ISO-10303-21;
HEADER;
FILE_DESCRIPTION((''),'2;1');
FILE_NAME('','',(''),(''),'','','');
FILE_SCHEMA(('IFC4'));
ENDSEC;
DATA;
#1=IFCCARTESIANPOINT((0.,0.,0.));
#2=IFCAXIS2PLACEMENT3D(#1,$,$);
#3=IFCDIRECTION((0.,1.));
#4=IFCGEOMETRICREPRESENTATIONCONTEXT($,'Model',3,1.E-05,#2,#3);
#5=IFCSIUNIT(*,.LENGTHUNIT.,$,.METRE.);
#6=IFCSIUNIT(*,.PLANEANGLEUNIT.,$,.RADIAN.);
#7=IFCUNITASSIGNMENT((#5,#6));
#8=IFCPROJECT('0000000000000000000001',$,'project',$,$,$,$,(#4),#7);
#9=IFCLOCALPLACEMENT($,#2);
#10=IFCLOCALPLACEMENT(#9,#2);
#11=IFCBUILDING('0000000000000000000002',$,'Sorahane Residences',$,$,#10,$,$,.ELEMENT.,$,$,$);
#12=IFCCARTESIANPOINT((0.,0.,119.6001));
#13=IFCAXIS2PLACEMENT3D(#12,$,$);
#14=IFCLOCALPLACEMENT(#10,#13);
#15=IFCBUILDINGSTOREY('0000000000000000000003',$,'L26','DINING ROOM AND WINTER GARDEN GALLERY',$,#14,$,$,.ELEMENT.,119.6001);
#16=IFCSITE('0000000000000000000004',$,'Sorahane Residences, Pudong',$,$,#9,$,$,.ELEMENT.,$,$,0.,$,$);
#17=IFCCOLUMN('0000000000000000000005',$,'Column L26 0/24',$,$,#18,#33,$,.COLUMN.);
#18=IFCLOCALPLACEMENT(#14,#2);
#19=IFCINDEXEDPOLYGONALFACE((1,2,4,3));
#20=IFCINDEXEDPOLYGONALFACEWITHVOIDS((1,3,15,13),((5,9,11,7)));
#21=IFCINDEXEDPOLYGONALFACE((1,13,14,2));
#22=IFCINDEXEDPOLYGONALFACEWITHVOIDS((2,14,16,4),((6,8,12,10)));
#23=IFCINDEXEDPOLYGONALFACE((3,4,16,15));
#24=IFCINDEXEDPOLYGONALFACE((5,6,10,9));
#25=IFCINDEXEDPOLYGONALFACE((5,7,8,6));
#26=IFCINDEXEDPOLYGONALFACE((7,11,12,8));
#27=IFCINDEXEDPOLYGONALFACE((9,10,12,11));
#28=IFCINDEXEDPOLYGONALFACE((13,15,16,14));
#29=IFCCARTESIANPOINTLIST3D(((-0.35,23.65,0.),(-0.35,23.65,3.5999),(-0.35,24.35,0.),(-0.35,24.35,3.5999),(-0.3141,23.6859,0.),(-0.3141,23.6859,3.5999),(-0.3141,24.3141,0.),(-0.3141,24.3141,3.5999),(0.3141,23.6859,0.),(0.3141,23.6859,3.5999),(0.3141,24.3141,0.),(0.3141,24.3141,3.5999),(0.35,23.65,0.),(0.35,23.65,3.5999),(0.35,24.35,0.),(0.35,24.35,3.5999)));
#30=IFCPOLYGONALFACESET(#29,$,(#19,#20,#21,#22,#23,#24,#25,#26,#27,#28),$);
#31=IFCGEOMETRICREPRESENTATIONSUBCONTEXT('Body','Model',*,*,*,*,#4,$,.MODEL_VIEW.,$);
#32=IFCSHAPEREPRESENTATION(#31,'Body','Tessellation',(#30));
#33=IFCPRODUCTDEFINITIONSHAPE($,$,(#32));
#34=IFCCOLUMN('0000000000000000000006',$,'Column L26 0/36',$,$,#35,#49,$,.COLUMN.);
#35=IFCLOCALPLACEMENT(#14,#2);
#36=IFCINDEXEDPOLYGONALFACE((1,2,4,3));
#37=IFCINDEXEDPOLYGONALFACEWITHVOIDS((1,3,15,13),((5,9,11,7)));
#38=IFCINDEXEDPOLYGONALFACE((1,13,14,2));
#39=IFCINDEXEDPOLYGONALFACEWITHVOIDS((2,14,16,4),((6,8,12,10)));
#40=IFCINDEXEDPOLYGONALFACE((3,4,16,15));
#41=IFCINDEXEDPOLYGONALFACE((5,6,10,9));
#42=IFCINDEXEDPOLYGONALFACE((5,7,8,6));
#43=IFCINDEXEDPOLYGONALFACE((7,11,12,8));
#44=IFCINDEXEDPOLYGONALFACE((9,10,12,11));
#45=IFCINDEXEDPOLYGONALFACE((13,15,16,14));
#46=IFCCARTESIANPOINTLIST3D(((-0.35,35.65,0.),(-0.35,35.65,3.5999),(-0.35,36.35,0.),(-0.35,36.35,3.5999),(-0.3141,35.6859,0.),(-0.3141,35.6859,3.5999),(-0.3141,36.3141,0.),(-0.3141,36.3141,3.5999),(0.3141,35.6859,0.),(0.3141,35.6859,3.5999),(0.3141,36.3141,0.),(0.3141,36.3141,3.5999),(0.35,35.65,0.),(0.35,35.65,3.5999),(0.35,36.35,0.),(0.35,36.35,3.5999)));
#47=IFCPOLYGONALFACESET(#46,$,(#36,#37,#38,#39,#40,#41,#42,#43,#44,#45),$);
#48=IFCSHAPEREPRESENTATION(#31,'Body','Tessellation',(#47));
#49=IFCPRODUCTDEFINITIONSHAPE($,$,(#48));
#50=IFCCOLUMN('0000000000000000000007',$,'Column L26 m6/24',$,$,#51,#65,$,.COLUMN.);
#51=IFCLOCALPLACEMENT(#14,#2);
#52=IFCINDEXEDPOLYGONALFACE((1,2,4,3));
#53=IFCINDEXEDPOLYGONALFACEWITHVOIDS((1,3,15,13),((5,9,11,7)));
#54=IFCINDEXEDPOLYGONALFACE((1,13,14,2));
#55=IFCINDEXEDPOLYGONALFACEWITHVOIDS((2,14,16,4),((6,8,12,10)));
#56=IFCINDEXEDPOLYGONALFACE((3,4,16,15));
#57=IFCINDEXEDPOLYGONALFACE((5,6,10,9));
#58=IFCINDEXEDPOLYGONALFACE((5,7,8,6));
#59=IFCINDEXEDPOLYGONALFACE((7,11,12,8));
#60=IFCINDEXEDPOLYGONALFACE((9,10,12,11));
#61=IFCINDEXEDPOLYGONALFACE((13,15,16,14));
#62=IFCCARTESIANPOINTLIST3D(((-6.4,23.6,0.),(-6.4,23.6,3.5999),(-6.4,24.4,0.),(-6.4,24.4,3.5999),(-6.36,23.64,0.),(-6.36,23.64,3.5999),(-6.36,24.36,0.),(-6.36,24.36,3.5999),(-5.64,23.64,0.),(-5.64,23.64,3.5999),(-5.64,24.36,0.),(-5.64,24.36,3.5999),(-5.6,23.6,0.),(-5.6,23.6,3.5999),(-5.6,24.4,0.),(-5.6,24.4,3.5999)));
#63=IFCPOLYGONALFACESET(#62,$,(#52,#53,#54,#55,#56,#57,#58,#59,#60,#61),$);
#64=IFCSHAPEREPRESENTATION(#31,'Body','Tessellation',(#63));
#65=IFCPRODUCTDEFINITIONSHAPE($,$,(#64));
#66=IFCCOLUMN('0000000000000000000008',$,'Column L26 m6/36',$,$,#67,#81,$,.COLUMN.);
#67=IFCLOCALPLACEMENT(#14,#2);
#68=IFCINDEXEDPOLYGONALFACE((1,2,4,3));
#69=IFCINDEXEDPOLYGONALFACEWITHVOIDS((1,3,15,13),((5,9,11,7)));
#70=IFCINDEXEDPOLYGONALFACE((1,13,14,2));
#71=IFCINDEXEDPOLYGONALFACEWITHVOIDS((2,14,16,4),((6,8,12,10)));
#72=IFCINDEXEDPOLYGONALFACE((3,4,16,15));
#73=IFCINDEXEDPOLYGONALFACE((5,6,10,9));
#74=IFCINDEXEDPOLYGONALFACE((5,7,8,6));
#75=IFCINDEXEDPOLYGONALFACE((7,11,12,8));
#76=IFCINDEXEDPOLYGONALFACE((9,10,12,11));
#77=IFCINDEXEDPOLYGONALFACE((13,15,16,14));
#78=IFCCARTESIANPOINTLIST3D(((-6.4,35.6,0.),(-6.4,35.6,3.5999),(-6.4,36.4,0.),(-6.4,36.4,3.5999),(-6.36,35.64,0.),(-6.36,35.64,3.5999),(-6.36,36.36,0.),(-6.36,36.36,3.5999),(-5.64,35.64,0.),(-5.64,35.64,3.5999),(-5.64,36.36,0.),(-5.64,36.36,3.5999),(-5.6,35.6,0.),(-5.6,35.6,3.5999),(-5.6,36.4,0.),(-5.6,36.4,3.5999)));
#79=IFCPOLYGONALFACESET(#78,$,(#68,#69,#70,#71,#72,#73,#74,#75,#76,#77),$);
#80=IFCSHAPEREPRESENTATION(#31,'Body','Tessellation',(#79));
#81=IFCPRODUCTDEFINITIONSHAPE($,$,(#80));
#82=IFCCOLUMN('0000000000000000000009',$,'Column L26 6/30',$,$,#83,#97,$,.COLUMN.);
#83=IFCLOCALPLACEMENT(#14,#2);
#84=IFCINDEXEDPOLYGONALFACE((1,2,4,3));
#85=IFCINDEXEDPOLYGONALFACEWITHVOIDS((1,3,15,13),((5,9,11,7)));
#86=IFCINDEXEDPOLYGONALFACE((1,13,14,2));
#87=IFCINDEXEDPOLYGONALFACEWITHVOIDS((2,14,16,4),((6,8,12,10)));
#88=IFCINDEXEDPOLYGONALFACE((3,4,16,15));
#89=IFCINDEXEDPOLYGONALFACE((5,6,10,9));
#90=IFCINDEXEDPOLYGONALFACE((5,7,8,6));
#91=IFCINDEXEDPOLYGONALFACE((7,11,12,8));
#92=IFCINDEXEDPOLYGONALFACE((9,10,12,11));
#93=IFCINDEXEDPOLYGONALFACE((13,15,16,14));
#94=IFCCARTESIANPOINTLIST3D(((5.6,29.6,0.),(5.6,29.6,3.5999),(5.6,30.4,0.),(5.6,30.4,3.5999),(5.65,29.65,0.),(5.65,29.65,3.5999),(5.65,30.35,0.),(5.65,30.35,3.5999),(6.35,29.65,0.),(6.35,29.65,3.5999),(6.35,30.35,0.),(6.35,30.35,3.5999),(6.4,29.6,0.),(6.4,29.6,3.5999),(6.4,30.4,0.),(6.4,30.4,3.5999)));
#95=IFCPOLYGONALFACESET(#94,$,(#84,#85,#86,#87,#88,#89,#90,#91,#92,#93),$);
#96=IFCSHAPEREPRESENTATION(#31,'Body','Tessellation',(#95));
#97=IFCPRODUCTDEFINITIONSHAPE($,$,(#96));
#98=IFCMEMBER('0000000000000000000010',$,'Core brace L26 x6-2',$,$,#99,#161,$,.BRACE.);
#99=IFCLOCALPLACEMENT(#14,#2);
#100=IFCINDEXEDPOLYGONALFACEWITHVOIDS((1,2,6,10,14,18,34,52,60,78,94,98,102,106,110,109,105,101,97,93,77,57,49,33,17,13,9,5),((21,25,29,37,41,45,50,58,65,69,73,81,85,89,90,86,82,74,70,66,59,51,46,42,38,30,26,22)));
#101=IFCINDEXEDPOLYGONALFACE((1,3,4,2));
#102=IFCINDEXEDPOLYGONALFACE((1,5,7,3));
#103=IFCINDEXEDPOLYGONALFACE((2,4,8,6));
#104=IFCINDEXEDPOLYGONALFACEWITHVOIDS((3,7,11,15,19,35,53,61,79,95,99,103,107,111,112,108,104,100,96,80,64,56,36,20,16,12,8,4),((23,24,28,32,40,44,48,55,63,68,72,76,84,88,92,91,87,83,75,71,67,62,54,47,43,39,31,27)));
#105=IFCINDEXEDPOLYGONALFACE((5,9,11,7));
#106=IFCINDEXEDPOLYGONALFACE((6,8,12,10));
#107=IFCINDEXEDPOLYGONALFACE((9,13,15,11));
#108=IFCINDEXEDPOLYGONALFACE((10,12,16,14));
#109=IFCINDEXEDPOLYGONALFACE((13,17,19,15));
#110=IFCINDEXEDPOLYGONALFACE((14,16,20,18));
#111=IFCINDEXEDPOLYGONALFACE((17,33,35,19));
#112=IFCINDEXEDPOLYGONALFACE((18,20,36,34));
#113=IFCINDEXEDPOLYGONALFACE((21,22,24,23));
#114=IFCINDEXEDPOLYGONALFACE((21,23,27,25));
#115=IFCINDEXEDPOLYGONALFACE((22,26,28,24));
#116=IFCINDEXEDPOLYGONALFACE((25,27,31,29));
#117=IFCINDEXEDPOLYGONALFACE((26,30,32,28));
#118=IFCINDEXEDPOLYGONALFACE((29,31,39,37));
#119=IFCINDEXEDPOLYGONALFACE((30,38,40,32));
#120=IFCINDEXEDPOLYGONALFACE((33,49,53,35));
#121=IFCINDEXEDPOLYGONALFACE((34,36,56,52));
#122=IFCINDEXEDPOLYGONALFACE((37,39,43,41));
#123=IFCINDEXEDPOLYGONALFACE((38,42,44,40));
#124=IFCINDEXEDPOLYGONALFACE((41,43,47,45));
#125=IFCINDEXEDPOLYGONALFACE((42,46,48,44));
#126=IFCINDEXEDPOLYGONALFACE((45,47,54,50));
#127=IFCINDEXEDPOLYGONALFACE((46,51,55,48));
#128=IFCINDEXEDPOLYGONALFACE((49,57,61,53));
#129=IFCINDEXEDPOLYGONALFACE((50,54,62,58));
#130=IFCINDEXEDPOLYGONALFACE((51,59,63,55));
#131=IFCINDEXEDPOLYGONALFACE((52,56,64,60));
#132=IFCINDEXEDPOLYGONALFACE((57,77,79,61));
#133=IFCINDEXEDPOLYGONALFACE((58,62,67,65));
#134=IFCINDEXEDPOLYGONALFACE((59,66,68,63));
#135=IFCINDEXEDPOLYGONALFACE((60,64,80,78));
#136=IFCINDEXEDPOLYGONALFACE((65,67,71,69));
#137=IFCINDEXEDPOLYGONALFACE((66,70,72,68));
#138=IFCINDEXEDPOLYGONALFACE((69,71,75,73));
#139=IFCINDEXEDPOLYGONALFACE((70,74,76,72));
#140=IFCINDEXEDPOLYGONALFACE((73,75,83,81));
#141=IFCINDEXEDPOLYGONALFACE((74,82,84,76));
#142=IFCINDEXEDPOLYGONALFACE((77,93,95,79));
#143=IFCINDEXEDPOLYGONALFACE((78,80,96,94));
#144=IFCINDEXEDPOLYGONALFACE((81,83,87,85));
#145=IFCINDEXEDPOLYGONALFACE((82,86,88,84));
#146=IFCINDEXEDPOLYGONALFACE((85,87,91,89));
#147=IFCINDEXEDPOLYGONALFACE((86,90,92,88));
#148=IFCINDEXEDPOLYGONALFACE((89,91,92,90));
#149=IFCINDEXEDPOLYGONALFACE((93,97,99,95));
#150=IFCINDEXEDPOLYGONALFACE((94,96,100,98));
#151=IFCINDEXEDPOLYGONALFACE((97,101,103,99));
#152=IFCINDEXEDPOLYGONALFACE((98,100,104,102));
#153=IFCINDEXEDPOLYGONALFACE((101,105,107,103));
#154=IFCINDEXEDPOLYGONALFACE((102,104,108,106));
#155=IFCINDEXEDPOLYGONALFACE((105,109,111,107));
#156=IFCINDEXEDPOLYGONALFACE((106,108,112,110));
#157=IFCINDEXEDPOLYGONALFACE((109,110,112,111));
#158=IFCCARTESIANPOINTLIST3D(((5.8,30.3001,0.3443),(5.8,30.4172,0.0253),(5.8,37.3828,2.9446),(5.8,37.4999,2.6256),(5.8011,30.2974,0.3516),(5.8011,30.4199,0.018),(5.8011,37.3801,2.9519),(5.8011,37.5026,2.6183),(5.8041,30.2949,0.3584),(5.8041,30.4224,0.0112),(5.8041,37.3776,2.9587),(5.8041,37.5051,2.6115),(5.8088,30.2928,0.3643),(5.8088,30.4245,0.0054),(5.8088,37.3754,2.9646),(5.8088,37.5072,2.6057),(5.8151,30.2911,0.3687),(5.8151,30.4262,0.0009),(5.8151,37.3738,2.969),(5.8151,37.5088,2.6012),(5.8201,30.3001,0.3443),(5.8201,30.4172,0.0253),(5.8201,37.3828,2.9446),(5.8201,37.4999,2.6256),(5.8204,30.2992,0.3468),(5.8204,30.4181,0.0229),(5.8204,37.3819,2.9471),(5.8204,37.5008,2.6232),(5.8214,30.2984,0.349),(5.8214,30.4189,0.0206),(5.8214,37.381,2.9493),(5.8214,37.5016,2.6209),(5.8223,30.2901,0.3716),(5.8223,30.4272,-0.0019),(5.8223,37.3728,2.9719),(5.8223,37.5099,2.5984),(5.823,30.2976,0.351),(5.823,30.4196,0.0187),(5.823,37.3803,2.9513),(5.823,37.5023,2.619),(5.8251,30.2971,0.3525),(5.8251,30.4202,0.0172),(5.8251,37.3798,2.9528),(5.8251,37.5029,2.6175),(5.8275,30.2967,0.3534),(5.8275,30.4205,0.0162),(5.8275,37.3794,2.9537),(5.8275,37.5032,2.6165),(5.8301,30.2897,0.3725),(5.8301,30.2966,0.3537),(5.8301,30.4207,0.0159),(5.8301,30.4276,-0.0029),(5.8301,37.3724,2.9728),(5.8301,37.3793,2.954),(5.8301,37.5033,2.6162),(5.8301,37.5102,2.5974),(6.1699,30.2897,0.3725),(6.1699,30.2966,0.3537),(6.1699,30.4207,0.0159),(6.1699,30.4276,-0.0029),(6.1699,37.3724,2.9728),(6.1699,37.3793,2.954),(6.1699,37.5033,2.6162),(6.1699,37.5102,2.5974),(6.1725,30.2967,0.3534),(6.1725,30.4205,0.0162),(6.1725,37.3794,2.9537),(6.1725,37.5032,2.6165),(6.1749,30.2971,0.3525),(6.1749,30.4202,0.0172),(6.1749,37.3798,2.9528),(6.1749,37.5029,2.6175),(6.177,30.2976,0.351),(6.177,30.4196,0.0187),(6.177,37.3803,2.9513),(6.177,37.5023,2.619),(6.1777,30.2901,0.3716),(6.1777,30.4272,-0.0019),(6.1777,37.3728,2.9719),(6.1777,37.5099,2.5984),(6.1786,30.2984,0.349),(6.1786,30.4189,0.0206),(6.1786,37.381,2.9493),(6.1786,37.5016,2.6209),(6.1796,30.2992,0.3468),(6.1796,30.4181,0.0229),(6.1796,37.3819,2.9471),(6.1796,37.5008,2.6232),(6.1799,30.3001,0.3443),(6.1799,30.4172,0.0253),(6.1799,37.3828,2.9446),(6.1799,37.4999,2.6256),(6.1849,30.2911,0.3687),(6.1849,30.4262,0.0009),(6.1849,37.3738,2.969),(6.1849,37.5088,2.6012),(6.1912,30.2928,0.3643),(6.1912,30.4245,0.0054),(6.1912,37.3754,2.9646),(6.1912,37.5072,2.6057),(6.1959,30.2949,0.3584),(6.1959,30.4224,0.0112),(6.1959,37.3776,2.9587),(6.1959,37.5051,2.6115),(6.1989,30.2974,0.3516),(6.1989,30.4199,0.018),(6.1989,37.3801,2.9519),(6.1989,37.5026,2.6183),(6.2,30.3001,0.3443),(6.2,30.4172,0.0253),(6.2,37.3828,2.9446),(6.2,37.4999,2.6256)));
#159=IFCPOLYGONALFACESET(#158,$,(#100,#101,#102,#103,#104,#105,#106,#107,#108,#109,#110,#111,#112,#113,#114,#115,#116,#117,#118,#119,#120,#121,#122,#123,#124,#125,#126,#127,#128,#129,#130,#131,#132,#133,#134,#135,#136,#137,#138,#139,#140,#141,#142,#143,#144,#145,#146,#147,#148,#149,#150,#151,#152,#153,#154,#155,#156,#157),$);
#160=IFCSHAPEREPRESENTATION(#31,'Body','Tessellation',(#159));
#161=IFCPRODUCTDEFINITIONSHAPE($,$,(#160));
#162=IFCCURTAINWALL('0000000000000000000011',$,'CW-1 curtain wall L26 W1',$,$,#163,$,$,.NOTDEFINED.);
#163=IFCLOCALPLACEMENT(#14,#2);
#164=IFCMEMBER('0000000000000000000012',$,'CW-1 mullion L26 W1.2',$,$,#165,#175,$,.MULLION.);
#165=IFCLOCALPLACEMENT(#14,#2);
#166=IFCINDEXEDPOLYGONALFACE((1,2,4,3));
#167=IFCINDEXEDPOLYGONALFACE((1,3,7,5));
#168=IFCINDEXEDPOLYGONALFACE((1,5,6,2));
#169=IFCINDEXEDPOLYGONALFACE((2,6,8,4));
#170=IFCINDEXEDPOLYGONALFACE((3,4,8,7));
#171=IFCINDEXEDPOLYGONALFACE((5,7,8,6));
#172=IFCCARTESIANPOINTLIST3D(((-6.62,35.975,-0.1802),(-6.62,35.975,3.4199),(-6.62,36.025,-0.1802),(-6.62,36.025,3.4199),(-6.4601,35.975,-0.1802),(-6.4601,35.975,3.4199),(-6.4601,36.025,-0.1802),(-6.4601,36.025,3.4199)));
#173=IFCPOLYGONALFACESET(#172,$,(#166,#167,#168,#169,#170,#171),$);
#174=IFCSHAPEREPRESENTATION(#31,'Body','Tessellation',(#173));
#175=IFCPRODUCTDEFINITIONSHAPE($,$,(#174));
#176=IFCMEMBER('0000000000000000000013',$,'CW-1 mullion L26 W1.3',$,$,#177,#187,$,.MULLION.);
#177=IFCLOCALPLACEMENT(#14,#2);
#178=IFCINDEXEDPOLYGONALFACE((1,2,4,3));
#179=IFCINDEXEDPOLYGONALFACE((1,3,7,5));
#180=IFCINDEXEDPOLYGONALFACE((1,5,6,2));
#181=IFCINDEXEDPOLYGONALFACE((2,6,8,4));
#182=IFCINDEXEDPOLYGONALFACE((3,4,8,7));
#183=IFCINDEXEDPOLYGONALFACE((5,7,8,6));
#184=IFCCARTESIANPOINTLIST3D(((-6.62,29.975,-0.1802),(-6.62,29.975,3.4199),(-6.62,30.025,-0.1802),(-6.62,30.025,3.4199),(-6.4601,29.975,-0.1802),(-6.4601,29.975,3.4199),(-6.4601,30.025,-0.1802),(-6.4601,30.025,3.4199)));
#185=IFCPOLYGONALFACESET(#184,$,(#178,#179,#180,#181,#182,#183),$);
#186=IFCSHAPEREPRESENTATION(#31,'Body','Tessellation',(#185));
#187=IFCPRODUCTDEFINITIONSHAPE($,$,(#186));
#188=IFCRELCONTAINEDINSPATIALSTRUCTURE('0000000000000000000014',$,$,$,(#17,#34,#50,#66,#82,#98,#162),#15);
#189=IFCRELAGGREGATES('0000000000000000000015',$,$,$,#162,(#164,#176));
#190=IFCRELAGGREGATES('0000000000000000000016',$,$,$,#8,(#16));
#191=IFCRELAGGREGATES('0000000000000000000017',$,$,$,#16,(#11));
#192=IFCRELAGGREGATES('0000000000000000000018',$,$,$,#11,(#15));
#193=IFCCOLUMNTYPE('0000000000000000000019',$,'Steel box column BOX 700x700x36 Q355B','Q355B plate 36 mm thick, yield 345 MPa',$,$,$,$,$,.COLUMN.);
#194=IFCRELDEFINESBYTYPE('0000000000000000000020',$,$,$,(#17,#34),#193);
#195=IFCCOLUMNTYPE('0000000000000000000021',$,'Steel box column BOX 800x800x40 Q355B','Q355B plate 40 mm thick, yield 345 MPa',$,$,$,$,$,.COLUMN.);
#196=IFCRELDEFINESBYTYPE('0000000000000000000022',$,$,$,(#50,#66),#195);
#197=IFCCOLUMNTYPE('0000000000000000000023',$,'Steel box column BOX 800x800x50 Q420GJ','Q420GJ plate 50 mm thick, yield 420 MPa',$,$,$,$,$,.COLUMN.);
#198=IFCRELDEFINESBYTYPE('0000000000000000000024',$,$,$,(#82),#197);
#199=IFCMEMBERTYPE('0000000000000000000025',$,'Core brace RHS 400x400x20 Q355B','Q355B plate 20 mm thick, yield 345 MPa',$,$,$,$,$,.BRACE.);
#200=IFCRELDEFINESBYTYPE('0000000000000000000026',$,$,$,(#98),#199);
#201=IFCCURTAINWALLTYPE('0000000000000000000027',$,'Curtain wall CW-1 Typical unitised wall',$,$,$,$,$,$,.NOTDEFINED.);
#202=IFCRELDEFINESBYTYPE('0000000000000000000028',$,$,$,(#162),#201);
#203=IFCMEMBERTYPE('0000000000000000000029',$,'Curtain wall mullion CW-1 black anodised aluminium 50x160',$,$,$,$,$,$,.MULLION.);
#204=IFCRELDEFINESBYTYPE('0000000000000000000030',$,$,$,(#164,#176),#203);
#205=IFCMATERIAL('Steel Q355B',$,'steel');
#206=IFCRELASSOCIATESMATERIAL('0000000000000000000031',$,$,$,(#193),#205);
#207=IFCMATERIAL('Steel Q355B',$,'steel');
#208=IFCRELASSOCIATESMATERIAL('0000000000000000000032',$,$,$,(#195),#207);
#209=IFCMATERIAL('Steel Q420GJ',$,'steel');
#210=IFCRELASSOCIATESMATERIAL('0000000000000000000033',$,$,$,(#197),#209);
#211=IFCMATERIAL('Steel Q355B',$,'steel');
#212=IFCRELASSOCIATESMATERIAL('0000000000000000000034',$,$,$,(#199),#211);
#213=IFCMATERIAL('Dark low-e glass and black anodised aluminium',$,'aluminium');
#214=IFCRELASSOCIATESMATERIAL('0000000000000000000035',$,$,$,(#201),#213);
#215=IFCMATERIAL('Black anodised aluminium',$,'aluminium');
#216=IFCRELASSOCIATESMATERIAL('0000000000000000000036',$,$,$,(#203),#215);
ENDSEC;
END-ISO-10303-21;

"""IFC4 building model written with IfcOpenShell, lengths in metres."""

from ifc_helpers import new_model, si_unit, direction, frame, origin, origin_2d, place, context, subcontext, project, spatial, rectangle, hollow_rectangle, extrude, material, material_profile, profile_set, type_object, element, aggregate, save


model = new_model("IFC4")

# Units and contexts
model_context = context("Model", 3, precision=1e-05, world=origin(), true_north=direction((0.0, 1.0)))
body_context = subcontext(model_context, "Body", "Model", "MODEL_VIEW")
ifc_project = project(units=[si_unit("LENGTHUNIT", "METRE"), si_unit("PLANEANGLEUNIT", "RADIAN")], contexts=[model_context])

# Site, building, storey
site_placement = place(None, origin())
site = spatial("IfcSite", under=ifc_project, at=site_placement, Name="Sorahane Residences, Pudong", CompositionType="ELEMENT", RefElevation=0.0)
building_placement = place(site_placement, origin())
building = spatial("IfcBuilding", under=site, at=building_placement, Name="Sorahane Residences", CompositionType="ELEMENT")
storey_placement = place(building_placement, frame((0.0, 0.0, 119.6001)))
storey = spatial("IfcBuildingStorey", under=building, at=storey_placement, Name="L26", Description="DINING ROOM AND WINTER GARDEN GALLERY", CompositionType="ELEMENT", Elevation=119.6001)

# Columns
ifc_material_1 = material(Name="Steel Q355B", Category="steel")
ifc_material_profile_1 = material_profile(ifc_material_1, hollow_rectangle(XDim=0.7, YDim=0.7, WallThickness=0.0359, at=origin_2d()), Name="BOX 700x700x36")
ifc_profile_set_1 = profile_set([ifc_material_profile_1], Name="Steel Q355B")
column_type_1 = type_object("IfcColumnType", Name="Steel box column BOX 700x700x36 Q355B", Description="Q355B plate 36 mm thick, yield 345 MPa", PredefinedType="COLUMN", material=ifc_profile_set_1)
for number, where, z_axis, x_axis, name in (
    (1, (0.0, 24.0, 0.0), (0.0, 0.0, 1.0), (1.0, 0.0, 0.0), "Column L26 0/24"),
    (2, (0.0, 36.0, 0.0), (0.0, 0.0, 1.0), (1.0, 0.0, 0.0), "Column L26 0/36"),
):
    element("IfcColumn", number, at=place(storey_placement, frame(where, z_axis=z_axis, x_axis=x_axis)), inside=storey, type_object=column_type_1, Name=name, PredefinedType="COLUMN", context=body_context, shape_type="SweptSolid", body=[
        extrude(hollow_rectangle(XDim=0.7, YDim=0.7, WallThickness=0.0359, at=origin_2d()), origin(), (0.0, 0.0, 1.0), 3.5999),
    ])
ifc_material_2 = material(Name="Steel Q355B", Category="steel")
ifc_material_profile_2 = material_profile(ifc_material_2, hollow_rectangle(XDim=0.8, YDim=0.8, WallThickness=0.04, at=origin_2d()), Name="BOX 800x800x40")
ifc_profile_set_2 = profile_set([ifc_material_profile_2], Name="Steel Q355B")
column_type_2 = type_object("IfcColumnType", Name="Steel box column BOX 800x800x40 Q355B", Description="Q355B plate 40 mm thick, yield 345 MPa", PredefinedType="COLUMN", material=ifc_profile_set_2)
for number, where, z_axis, x_axis, name in (
    (3, (-6.0, 24.0, 0.0), (0.0, 0.0, 1.0), (1.0, 0.0, 0.0), "Column L26 m6/24"),
    (4, (-6.0, 36.0, 0.0), (0.0, 0.0, 1.0), (1.0, 0.0, 0.0), "Column L26 m6/36"),
):
    element("IfcColumn", number, at=place(storey_placement, frame(where, z_axis=z_axis, x_axis=x_axis)), inside=storey, type_object=column_type_2, Name=name, PredefinedType="COLUMN", context=body_context, shape_type="SweptSolid", body=[
        extrude(hollow_rectangle(XDim=0.8, YDim=0.8, WallThickness=0.04, at=origin_2d()), origin(), (0.0, 0.0, 1.0), 3.5999),
    ])
ifc_material_3 = material(Name="Steel Q420GJ", Category="steel")
ifc_material_profile_3 = material_profile(ifc_material_3, hollow_rectangle(XDim=0.8, YDim=0.8, WallThickness=0.05, at=origin_2d()), Name="BOX 800x800x50")
ifc_profile_set_3 = profile_set([ifc_material_profile_3], Name="Steel Q420GJ")
column_type_3 = type_object("IfcColumnType", Name="Steel box column BOX 800x800x50 Q420GJ", Description="Q420GJ plate 50 mm thick, yield 420 MPa", PredefinedType="COLUMN", material=ifc_profile_set_3)
column_placement = place(storey_placement, frame((6.0, 30.0, 0.0), z_axis=(0.0, 0.0, 1.0), x_axis=(1.0, 0.0, 0.0)))
element("IfcColumn", 5, at=column_placement, inside=storey, type_object=column_type_3, Name="Column L26 6/30", PredefinedType="COLUMN", context=body_context, shape_type="SweptSolid", body=[
    extrude(hollow_rectangle(XDim=0.8, YDim=0.8, WallThickness=0.05, at=origin_2d()), origin(), (0.0, 0.0, 1.0), 3.5999),
])

# Member
ifc_material_4 = material(Name="Steel Q355B", Category="steel")
ifc_material_profile_4 = material_profile(ifc_material_4, hollow_rectangle(XDim=0.3999, YDim=0.3999, WallThickness=0.02, InnerFilletRadius=0.01, OuterFilletRadius=0.03, at=origin_2d()), Name="RHS 400x400x20")
ifc_profile_set_4 = profile_set([ifc_material_profile_4], Name="Steel Q355B")
member_type_1 = type_object("IfcMemberType", Name="Core brace RHS 400x400x20 Q355B", Description="Q355B plate 20 mm thick, yield 345 MPa", PredefinedType="BRACE", material=ifc_profile_set_4)
member_1_placement = place(storey_placement, frame((6.0, 30.3586, 0.1848), z_axis=(0.0, 0.938734, 0.344643), x_axis=(-1.0, 0.0, 0.0)))
element("IfcMember", 6, at=member_1_placement, inside=storey, type_object=member_type_1, Name="Core brace L26 x6-2", PredefinedType="BRACE", context=body_context, shape_type="SweptSolid", body=[
    extrude(hollow_rectangle(XDim=0.3999, YDim=0.3999, WallThickness=0.02, InnerFilletRadius=0.01, OuterFilletRadius=0.03, at=origin_2d()), origin(), (0.0, 0.0, 1.0), 7.5449),
])

# Curtain wall, members
ifc_material_5 = material(Name="Dark low-e glass and black anodised aluminium", Category="aluminium")
curtain_wall_type = type_object("IfcCurtainWallType", Name="Curtain wall CW-1 Typical unitised wall", PredefinedType="NOTDEFINED", material=ifc_material_5)
curtain_wall_placement = place(storey_placement, origin())
curtain_wall = element("IfcCurtainWall", 7, at=curtain_wall_placement, inside=storey, type_object=curtain_wall_type, Name="CW-1 curtain wall L26 W1", PredefinedType="NOTDEFINED")
ifc_material_6 = material(Name="Black anodised aluminium", Category="aluminium")
ifc_material_profile_5 = material_profile(ifc_material_6, rectangle(XDim=0.1599, YDim=0.05, at=origin_2d()), Name="Curtain wall mullion CW-1 black anodised aluminium 50x160")
ifc_profile_set_5 = profile_set([ifc_material_profile_5], Name="Black anodised aluminium")
member_type_2 = type_object("IfcMemberType", Name="Curtain wall mullion CW-1 black anodised aluminium 50x160", PredefinedType="MULLION", material=ifc_profile_set_5)
member_2_placement = place(storey_placement, frame((-6.54, 36.0, -0.1802), z_axis=(0.0, 0.0, 1.0), x_axis=(-1.0, 0.0, 0.0)))
member_2 = element("IfcMember", 8, at=member_2_placement, type_object=member_type_2, Name="CW-1 mullion L26 W1.2", PredefinedType="MULLION", context=body_context, shape_type="SweptSolid", body=[
    extrude(rectangle(XDim=0.1599, YDim=0.05, at=origin_2d()), origin(), (0.0, 0.0, 1.0), 3.6001),
])
member_3_placement = place(storey_placement, frame((-6.54, 30.0, -0.1802), z_axis=(0.0, 0.0, 1.0), x_axis=(-1.0, 0.0, 0.0)))
member_3 = element("IfcMember", 9, at=member_3_placement, type_object=member_type_2, Name="CW-1 mullion L26 W1.3", PredefinedType="MULLION", context=body_context, shape_type="SweptSolid", body=[
    extrude(rectangle(XDim=0.1599, YDim=0.05, at=origin_2d()), origin(), (0.0, 0.0, 1.0), 3.6001),
])

aggregate(curtain_wall, [member_2, member_3])

save(model, "model.ifc")
